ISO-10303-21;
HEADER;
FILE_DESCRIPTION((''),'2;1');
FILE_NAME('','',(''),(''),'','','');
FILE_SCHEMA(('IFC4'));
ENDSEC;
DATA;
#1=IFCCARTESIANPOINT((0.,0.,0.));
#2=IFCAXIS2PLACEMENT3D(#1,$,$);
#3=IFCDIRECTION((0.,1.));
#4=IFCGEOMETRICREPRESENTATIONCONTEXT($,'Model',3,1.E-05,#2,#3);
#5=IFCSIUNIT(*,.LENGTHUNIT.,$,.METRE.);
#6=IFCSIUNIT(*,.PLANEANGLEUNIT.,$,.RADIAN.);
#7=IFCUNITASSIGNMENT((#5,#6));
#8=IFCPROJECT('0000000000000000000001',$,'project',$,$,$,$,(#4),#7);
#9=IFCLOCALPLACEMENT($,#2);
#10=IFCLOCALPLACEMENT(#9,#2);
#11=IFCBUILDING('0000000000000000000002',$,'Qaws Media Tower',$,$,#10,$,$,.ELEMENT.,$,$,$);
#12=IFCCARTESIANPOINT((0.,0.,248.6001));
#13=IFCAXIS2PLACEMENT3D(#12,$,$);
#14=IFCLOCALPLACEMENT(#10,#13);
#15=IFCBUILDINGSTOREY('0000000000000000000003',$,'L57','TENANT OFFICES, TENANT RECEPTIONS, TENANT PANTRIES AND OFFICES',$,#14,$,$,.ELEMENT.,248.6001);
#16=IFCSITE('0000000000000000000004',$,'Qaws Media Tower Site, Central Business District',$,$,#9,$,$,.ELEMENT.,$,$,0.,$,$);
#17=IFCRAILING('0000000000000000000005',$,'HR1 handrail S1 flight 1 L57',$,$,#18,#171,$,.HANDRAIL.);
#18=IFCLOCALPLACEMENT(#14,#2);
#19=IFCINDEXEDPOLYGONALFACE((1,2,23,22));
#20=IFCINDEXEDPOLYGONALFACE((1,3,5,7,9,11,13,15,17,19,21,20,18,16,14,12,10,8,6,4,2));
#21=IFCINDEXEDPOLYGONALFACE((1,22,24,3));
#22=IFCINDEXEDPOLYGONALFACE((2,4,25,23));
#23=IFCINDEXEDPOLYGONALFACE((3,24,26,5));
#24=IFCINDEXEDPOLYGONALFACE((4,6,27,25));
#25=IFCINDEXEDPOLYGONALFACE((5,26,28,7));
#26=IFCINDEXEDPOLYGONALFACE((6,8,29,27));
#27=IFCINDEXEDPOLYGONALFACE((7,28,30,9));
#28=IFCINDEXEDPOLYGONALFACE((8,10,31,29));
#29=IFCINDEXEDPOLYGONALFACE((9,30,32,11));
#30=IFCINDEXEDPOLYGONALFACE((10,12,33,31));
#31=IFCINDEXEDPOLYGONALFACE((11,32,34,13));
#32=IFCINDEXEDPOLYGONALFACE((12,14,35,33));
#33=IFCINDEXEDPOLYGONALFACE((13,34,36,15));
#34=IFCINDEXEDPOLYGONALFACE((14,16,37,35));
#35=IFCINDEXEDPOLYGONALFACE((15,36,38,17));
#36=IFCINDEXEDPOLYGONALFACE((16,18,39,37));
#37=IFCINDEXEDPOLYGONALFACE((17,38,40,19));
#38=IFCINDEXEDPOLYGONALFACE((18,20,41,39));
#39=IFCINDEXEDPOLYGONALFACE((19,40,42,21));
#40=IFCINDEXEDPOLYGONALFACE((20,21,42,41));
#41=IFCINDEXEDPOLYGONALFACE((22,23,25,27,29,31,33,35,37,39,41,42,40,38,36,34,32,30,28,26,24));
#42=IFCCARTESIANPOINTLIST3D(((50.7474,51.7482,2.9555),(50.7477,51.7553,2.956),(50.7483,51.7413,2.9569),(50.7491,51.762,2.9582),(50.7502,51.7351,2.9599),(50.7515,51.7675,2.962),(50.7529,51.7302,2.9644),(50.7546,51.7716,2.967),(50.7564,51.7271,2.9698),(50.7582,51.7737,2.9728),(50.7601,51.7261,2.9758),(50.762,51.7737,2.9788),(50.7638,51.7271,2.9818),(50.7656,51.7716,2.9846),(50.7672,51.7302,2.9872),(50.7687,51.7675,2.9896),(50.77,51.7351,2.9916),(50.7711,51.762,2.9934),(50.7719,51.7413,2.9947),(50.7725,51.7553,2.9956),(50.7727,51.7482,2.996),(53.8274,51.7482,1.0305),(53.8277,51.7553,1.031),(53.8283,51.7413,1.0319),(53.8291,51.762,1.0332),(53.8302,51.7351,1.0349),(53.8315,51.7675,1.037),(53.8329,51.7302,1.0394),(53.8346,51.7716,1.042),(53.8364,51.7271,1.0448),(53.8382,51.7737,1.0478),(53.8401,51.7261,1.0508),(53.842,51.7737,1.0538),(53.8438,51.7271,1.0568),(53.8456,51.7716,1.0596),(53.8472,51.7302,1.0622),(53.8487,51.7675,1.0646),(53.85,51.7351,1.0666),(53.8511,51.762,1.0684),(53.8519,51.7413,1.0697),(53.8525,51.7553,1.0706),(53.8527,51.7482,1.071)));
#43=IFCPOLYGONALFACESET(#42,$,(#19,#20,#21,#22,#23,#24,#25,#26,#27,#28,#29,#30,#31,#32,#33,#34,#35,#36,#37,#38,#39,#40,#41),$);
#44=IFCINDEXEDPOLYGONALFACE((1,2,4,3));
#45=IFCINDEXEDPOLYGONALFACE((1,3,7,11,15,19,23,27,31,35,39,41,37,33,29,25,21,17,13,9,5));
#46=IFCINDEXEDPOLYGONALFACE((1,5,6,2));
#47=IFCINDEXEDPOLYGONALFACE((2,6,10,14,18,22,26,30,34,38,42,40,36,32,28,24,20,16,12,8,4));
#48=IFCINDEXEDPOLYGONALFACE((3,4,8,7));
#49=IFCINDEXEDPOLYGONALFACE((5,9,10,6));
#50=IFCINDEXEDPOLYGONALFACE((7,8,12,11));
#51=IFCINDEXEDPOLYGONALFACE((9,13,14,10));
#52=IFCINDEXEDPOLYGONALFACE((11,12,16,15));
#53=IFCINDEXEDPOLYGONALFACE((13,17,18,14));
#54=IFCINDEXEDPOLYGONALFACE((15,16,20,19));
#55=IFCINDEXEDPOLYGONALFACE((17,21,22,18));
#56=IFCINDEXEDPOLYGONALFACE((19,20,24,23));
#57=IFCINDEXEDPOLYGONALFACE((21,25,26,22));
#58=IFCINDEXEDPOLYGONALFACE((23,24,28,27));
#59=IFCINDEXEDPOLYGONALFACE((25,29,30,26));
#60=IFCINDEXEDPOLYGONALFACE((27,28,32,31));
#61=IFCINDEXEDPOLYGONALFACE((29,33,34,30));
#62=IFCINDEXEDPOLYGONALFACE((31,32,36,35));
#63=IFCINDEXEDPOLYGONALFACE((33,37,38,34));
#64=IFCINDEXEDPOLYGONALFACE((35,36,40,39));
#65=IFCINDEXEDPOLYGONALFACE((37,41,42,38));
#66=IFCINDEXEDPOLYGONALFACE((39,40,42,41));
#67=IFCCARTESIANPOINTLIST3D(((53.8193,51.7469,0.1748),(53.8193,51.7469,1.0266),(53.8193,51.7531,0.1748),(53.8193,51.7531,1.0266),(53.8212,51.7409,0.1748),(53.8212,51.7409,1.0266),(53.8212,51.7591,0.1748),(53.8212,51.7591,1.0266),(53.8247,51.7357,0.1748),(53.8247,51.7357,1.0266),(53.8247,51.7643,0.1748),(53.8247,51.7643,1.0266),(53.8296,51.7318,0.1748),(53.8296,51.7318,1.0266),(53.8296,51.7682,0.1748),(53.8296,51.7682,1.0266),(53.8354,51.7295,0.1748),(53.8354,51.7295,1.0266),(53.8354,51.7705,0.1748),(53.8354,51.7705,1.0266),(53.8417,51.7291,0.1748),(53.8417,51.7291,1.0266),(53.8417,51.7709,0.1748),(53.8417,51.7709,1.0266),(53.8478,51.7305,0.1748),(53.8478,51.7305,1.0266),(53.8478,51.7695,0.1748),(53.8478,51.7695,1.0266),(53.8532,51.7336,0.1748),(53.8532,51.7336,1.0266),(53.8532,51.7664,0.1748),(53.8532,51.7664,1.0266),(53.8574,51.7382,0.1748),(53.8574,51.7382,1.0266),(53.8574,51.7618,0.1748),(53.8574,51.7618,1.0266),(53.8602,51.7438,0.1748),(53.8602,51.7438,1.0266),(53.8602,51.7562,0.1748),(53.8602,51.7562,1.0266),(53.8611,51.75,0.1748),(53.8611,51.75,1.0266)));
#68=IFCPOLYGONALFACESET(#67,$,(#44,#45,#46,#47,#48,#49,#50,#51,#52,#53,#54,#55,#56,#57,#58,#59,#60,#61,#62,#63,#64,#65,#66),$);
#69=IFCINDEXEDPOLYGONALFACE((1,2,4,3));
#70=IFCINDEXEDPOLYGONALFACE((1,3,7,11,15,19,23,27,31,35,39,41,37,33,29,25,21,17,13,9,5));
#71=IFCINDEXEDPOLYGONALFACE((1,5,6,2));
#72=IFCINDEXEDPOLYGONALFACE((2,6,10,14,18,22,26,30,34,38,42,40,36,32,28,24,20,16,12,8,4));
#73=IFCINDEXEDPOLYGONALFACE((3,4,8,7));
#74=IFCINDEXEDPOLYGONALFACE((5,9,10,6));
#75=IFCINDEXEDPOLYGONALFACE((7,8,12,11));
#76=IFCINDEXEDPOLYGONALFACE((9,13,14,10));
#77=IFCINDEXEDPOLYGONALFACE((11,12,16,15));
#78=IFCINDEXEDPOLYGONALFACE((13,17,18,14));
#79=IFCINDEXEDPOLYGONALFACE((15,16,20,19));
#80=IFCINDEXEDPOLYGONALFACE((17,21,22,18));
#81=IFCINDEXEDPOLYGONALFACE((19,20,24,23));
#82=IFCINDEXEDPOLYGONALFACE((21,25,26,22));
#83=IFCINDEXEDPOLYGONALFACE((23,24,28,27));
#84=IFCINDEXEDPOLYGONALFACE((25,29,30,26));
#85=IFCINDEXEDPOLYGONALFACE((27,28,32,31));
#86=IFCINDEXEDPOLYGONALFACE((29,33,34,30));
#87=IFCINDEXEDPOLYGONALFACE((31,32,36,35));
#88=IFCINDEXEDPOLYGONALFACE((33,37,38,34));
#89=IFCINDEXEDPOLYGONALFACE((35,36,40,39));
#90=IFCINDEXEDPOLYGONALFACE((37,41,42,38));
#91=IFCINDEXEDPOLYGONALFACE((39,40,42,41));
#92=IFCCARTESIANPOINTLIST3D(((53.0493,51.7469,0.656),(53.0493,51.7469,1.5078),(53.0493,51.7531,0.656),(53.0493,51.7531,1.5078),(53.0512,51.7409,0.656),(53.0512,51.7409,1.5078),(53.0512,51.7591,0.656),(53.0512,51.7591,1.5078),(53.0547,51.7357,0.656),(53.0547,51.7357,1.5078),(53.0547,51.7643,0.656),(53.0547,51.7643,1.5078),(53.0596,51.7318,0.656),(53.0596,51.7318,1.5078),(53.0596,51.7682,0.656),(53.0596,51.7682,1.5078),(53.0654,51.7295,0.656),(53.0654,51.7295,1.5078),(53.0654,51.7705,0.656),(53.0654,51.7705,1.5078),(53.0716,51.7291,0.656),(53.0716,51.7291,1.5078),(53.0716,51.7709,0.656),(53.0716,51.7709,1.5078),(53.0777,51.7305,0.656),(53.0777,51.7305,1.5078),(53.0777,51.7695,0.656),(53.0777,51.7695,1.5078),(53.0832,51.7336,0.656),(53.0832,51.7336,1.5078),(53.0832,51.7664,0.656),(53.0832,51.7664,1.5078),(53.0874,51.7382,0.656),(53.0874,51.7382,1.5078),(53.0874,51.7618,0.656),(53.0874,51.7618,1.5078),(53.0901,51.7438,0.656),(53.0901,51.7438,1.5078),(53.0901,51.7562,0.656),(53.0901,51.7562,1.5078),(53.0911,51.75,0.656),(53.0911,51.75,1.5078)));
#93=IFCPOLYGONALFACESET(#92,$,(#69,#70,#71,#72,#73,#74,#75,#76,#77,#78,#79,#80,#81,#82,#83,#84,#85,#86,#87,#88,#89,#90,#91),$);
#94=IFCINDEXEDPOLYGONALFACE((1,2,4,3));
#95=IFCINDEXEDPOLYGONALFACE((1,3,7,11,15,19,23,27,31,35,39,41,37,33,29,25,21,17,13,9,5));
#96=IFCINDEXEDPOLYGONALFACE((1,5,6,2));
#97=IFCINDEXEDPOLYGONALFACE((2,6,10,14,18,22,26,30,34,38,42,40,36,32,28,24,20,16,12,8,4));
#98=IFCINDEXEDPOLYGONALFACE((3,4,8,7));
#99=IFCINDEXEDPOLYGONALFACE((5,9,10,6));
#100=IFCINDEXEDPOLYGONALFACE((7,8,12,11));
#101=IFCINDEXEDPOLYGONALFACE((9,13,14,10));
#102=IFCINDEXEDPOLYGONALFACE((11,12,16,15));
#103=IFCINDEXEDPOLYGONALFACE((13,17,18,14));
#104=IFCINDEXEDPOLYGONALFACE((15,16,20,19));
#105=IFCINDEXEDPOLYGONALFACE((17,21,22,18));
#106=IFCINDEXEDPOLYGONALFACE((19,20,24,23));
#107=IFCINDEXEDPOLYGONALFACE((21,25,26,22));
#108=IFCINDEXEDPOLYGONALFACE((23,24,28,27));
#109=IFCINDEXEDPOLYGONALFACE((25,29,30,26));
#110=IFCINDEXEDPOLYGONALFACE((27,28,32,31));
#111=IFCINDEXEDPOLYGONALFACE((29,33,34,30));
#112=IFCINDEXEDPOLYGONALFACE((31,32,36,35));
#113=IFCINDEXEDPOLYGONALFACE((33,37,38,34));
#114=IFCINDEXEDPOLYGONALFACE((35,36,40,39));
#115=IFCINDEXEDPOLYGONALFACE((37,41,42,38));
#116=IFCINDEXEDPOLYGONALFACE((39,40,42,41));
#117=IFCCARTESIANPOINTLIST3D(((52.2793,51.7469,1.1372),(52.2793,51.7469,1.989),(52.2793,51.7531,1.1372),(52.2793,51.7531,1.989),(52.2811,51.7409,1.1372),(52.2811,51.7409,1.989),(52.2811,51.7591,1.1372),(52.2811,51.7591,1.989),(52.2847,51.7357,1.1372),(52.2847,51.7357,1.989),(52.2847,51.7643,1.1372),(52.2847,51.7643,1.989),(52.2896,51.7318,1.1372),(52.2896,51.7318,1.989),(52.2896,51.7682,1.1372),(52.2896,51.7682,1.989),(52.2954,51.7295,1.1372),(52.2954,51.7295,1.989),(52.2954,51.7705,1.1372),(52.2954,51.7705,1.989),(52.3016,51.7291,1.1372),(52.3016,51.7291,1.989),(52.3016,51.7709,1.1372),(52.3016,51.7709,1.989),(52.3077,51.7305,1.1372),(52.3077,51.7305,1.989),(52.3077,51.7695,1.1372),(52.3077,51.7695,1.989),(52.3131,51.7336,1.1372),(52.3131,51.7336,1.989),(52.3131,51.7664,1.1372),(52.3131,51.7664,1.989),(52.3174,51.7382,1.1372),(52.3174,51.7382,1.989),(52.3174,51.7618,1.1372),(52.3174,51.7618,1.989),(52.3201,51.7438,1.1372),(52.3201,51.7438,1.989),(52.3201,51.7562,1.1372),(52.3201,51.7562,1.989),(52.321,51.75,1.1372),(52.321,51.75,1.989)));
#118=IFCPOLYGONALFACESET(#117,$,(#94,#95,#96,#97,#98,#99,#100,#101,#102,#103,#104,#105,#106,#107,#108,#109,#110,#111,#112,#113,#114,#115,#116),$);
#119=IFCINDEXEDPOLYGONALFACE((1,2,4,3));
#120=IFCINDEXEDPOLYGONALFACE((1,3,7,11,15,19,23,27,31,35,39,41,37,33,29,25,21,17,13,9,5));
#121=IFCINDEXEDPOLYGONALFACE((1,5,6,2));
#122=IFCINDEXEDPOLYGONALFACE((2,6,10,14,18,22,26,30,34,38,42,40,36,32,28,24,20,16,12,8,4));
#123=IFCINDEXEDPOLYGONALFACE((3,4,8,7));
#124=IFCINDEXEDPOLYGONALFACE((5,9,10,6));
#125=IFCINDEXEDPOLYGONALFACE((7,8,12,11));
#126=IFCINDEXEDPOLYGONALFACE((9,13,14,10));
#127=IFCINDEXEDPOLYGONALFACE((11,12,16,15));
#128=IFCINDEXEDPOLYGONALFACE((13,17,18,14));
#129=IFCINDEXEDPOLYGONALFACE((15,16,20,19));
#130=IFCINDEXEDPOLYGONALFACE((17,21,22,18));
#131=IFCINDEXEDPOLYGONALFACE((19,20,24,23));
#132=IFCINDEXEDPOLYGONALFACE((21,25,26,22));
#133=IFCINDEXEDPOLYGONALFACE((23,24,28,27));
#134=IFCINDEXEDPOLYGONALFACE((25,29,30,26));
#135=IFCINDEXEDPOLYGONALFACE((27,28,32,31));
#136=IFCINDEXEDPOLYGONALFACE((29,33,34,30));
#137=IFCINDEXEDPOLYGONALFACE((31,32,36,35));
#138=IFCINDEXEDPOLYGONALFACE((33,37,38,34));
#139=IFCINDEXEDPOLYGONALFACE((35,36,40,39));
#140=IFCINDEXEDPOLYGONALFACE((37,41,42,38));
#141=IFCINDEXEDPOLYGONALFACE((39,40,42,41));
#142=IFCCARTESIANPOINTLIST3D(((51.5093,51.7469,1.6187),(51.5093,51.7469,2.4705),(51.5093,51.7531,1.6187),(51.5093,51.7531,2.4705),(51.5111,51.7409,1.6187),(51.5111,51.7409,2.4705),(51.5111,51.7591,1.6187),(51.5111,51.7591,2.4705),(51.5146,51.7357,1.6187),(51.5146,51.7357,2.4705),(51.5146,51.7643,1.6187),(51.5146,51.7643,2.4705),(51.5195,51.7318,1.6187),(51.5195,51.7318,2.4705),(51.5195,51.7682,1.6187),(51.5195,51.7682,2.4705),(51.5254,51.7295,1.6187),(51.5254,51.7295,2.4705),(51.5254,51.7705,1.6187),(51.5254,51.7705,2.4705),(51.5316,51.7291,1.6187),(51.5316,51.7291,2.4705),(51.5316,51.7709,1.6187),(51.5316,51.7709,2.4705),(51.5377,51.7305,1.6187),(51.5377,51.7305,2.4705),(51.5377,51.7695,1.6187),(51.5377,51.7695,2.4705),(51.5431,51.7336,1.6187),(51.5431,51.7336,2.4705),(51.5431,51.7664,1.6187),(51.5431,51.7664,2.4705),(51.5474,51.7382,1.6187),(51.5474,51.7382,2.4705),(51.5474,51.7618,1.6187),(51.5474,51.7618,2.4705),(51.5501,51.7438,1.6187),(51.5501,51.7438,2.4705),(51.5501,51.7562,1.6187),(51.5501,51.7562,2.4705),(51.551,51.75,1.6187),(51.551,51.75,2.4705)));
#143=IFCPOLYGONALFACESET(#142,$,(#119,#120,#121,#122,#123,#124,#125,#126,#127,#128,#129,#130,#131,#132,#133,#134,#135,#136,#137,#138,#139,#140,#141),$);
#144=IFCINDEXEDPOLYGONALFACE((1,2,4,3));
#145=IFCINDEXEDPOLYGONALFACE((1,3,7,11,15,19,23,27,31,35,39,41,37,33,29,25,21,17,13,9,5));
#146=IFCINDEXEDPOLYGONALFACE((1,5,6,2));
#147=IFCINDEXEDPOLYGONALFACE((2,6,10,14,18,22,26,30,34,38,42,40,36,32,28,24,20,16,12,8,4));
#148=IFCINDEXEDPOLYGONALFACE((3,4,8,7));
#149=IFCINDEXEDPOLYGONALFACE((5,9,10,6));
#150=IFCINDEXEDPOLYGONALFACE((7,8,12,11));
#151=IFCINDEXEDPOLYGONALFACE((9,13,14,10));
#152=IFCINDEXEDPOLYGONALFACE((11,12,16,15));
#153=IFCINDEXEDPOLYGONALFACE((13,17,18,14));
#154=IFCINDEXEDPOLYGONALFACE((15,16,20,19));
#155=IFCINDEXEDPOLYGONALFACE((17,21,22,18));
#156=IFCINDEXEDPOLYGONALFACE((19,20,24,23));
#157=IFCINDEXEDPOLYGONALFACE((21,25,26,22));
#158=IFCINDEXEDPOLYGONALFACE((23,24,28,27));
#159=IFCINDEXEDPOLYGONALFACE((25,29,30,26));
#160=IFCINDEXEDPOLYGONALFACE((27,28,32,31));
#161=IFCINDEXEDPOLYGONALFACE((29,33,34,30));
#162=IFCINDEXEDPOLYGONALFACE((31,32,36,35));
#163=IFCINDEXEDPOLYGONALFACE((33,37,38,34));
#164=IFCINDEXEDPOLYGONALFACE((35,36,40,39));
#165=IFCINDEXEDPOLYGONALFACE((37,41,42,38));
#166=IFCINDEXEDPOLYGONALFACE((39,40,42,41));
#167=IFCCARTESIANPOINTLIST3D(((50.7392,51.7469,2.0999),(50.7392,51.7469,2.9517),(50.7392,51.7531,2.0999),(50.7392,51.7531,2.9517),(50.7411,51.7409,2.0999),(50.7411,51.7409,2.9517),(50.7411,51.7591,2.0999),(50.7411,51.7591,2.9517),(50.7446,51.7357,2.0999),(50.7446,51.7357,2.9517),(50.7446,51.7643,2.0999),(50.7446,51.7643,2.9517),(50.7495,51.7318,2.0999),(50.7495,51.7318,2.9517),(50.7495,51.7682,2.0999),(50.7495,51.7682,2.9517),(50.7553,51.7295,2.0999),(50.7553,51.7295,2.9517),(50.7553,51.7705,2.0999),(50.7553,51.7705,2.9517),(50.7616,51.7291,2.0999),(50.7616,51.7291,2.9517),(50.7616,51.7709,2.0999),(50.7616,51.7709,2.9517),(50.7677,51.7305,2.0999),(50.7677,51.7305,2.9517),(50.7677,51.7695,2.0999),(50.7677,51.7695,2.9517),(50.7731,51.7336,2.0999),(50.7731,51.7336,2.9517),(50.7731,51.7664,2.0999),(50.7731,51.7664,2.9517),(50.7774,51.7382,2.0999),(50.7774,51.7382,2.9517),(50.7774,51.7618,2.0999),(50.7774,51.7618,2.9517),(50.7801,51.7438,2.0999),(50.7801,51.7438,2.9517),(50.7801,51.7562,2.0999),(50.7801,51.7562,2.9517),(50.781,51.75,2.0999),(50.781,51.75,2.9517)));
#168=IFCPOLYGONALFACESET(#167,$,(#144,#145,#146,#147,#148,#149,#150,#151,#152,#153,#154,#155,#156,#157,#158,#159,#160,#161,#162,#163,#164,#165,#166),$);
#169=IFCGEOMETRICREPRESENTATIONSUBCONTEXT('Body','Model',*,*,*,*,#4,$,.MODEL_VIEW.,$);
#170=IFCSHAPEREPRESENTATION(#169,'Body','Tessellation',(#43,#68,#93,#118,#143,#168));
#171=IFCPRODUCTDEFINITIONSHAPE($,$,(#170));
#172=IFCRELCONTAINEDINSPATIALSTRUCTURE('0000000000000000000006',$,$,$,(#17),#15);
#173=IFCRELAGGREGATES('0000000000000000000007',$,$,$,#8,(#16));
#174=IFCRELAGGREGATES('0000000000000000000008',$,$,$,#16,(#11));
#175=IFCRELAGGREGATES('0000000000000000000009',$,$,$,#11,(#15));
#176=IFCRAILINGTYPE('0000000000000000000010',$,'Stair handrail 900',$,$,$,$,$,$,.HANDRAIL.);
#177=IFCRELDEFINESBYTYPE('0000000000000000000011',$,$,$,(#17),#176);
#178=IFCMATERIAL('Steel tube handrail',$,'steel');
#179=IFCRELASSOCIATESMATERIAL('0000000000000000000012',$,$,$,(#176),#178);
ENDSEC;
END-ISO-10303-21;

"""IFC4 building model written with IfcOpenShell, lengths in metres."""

from ifc_helpers import new_model, si_unit, direction, frame, origin, origin_2d, place, context, subcontext, project, spatial, circle, extrude, material, type_object, element, save


model = new_model("IFC4")

# Units and contexts
model_context = context("Model", 3, precision=1e-05, world=origin(), true_north=direction((0.0, 1.0)))
body_context = subcontext(model_context, "Body", "Model", "MODEL_VIEW")
ifc_project = project(units=[si_unit("LENGTHUNIT", "METRE"), si_unit("PLANEANGLEUNIT", "RADIAN")], contexts=[model_context])

# Site, building, storey
site_placement = place(None, origin())
site = spatial("IfcSite", under=ifc_project, at=site_placement, Name="Qaws Media Tower Site, Central Business District", CompositionType="ELEMENT", RefElevation=0.0)
building_placement = place(site_placement, origin())
building = spatial("IfcBuilding", under=site, at=building_placement, Name="Qaws Media Tower", CompositionType="ELEMENT")
storey_placement = place(building_placement, frame((0.0, 0.0, 248.6001)))
storey = spatial("IfcBuildingStorey", under=building, at=storey_placement, Name="L57", Description="TENANT OFFICES, TENANT RECEPTIONS, TENANT PANTRIES AND OFFICES", CompositionType="ELEMENT", Elevation=248.6001)

# Railing
ifc_material_1 = material(Name="Steel tube handrail", Category="steel")
railing_type = type_object("IfcRailingType", Name="Stair handrail 900", PredefinedType="HANDRAIL", material=ifc_material_1)
for number, where, name in (
    (1, (53.8401, 51.75, 0.1748), "HR1 handrail S1 flight 1 L57"),
):
    element("IfcRailing", number, at=place(storey_placement, frame(where)), inside=storey, type_object=railing_type, Name=name, PredefinedType="HANDRAIL", context=body_context, shape_type="SweptSolid", body=[
        extrude(circle(Radius=0.0239, at=origin_2d()), frame((0.0, 0.0, 0.876), z_axis=(-0.847998, 0.0, 0.529999), x_axis=(0.0, -1.0, 0.0)), (0.0, 0.0, 1.0), 3.6321),
        extrude(circle(Radius=0.021, at=origin_2d()), origin(), (0.0, 0.0, 1.0), 0.8518),
        extrude(circle(Radius=0.021, at=origin_2d()), frame((-0.77, 0.0, 0.4812)), (0.0, 0.0, 1.0), 0.8518),
        extrude(circle(Radius=0.021, at=origin_2d()), frame((-1.54, 0.0, 0.9624)), (0.0, 0.0, 1.0), 0.8518),
        extrude(circle(Radius=0.021, at=origin_2d()), frame((-2.3101, 0.0, 1.4438)), (0.0, 0.0, 1.0), 0.8518),
        extrude(circle(Radius=0.021, at=origin_2d()), frame((-3.0801, 0.0, 1.925)), (0.0, 0.0, 1.0), 0.8518),
    ])

save(model, "model.ifc")
